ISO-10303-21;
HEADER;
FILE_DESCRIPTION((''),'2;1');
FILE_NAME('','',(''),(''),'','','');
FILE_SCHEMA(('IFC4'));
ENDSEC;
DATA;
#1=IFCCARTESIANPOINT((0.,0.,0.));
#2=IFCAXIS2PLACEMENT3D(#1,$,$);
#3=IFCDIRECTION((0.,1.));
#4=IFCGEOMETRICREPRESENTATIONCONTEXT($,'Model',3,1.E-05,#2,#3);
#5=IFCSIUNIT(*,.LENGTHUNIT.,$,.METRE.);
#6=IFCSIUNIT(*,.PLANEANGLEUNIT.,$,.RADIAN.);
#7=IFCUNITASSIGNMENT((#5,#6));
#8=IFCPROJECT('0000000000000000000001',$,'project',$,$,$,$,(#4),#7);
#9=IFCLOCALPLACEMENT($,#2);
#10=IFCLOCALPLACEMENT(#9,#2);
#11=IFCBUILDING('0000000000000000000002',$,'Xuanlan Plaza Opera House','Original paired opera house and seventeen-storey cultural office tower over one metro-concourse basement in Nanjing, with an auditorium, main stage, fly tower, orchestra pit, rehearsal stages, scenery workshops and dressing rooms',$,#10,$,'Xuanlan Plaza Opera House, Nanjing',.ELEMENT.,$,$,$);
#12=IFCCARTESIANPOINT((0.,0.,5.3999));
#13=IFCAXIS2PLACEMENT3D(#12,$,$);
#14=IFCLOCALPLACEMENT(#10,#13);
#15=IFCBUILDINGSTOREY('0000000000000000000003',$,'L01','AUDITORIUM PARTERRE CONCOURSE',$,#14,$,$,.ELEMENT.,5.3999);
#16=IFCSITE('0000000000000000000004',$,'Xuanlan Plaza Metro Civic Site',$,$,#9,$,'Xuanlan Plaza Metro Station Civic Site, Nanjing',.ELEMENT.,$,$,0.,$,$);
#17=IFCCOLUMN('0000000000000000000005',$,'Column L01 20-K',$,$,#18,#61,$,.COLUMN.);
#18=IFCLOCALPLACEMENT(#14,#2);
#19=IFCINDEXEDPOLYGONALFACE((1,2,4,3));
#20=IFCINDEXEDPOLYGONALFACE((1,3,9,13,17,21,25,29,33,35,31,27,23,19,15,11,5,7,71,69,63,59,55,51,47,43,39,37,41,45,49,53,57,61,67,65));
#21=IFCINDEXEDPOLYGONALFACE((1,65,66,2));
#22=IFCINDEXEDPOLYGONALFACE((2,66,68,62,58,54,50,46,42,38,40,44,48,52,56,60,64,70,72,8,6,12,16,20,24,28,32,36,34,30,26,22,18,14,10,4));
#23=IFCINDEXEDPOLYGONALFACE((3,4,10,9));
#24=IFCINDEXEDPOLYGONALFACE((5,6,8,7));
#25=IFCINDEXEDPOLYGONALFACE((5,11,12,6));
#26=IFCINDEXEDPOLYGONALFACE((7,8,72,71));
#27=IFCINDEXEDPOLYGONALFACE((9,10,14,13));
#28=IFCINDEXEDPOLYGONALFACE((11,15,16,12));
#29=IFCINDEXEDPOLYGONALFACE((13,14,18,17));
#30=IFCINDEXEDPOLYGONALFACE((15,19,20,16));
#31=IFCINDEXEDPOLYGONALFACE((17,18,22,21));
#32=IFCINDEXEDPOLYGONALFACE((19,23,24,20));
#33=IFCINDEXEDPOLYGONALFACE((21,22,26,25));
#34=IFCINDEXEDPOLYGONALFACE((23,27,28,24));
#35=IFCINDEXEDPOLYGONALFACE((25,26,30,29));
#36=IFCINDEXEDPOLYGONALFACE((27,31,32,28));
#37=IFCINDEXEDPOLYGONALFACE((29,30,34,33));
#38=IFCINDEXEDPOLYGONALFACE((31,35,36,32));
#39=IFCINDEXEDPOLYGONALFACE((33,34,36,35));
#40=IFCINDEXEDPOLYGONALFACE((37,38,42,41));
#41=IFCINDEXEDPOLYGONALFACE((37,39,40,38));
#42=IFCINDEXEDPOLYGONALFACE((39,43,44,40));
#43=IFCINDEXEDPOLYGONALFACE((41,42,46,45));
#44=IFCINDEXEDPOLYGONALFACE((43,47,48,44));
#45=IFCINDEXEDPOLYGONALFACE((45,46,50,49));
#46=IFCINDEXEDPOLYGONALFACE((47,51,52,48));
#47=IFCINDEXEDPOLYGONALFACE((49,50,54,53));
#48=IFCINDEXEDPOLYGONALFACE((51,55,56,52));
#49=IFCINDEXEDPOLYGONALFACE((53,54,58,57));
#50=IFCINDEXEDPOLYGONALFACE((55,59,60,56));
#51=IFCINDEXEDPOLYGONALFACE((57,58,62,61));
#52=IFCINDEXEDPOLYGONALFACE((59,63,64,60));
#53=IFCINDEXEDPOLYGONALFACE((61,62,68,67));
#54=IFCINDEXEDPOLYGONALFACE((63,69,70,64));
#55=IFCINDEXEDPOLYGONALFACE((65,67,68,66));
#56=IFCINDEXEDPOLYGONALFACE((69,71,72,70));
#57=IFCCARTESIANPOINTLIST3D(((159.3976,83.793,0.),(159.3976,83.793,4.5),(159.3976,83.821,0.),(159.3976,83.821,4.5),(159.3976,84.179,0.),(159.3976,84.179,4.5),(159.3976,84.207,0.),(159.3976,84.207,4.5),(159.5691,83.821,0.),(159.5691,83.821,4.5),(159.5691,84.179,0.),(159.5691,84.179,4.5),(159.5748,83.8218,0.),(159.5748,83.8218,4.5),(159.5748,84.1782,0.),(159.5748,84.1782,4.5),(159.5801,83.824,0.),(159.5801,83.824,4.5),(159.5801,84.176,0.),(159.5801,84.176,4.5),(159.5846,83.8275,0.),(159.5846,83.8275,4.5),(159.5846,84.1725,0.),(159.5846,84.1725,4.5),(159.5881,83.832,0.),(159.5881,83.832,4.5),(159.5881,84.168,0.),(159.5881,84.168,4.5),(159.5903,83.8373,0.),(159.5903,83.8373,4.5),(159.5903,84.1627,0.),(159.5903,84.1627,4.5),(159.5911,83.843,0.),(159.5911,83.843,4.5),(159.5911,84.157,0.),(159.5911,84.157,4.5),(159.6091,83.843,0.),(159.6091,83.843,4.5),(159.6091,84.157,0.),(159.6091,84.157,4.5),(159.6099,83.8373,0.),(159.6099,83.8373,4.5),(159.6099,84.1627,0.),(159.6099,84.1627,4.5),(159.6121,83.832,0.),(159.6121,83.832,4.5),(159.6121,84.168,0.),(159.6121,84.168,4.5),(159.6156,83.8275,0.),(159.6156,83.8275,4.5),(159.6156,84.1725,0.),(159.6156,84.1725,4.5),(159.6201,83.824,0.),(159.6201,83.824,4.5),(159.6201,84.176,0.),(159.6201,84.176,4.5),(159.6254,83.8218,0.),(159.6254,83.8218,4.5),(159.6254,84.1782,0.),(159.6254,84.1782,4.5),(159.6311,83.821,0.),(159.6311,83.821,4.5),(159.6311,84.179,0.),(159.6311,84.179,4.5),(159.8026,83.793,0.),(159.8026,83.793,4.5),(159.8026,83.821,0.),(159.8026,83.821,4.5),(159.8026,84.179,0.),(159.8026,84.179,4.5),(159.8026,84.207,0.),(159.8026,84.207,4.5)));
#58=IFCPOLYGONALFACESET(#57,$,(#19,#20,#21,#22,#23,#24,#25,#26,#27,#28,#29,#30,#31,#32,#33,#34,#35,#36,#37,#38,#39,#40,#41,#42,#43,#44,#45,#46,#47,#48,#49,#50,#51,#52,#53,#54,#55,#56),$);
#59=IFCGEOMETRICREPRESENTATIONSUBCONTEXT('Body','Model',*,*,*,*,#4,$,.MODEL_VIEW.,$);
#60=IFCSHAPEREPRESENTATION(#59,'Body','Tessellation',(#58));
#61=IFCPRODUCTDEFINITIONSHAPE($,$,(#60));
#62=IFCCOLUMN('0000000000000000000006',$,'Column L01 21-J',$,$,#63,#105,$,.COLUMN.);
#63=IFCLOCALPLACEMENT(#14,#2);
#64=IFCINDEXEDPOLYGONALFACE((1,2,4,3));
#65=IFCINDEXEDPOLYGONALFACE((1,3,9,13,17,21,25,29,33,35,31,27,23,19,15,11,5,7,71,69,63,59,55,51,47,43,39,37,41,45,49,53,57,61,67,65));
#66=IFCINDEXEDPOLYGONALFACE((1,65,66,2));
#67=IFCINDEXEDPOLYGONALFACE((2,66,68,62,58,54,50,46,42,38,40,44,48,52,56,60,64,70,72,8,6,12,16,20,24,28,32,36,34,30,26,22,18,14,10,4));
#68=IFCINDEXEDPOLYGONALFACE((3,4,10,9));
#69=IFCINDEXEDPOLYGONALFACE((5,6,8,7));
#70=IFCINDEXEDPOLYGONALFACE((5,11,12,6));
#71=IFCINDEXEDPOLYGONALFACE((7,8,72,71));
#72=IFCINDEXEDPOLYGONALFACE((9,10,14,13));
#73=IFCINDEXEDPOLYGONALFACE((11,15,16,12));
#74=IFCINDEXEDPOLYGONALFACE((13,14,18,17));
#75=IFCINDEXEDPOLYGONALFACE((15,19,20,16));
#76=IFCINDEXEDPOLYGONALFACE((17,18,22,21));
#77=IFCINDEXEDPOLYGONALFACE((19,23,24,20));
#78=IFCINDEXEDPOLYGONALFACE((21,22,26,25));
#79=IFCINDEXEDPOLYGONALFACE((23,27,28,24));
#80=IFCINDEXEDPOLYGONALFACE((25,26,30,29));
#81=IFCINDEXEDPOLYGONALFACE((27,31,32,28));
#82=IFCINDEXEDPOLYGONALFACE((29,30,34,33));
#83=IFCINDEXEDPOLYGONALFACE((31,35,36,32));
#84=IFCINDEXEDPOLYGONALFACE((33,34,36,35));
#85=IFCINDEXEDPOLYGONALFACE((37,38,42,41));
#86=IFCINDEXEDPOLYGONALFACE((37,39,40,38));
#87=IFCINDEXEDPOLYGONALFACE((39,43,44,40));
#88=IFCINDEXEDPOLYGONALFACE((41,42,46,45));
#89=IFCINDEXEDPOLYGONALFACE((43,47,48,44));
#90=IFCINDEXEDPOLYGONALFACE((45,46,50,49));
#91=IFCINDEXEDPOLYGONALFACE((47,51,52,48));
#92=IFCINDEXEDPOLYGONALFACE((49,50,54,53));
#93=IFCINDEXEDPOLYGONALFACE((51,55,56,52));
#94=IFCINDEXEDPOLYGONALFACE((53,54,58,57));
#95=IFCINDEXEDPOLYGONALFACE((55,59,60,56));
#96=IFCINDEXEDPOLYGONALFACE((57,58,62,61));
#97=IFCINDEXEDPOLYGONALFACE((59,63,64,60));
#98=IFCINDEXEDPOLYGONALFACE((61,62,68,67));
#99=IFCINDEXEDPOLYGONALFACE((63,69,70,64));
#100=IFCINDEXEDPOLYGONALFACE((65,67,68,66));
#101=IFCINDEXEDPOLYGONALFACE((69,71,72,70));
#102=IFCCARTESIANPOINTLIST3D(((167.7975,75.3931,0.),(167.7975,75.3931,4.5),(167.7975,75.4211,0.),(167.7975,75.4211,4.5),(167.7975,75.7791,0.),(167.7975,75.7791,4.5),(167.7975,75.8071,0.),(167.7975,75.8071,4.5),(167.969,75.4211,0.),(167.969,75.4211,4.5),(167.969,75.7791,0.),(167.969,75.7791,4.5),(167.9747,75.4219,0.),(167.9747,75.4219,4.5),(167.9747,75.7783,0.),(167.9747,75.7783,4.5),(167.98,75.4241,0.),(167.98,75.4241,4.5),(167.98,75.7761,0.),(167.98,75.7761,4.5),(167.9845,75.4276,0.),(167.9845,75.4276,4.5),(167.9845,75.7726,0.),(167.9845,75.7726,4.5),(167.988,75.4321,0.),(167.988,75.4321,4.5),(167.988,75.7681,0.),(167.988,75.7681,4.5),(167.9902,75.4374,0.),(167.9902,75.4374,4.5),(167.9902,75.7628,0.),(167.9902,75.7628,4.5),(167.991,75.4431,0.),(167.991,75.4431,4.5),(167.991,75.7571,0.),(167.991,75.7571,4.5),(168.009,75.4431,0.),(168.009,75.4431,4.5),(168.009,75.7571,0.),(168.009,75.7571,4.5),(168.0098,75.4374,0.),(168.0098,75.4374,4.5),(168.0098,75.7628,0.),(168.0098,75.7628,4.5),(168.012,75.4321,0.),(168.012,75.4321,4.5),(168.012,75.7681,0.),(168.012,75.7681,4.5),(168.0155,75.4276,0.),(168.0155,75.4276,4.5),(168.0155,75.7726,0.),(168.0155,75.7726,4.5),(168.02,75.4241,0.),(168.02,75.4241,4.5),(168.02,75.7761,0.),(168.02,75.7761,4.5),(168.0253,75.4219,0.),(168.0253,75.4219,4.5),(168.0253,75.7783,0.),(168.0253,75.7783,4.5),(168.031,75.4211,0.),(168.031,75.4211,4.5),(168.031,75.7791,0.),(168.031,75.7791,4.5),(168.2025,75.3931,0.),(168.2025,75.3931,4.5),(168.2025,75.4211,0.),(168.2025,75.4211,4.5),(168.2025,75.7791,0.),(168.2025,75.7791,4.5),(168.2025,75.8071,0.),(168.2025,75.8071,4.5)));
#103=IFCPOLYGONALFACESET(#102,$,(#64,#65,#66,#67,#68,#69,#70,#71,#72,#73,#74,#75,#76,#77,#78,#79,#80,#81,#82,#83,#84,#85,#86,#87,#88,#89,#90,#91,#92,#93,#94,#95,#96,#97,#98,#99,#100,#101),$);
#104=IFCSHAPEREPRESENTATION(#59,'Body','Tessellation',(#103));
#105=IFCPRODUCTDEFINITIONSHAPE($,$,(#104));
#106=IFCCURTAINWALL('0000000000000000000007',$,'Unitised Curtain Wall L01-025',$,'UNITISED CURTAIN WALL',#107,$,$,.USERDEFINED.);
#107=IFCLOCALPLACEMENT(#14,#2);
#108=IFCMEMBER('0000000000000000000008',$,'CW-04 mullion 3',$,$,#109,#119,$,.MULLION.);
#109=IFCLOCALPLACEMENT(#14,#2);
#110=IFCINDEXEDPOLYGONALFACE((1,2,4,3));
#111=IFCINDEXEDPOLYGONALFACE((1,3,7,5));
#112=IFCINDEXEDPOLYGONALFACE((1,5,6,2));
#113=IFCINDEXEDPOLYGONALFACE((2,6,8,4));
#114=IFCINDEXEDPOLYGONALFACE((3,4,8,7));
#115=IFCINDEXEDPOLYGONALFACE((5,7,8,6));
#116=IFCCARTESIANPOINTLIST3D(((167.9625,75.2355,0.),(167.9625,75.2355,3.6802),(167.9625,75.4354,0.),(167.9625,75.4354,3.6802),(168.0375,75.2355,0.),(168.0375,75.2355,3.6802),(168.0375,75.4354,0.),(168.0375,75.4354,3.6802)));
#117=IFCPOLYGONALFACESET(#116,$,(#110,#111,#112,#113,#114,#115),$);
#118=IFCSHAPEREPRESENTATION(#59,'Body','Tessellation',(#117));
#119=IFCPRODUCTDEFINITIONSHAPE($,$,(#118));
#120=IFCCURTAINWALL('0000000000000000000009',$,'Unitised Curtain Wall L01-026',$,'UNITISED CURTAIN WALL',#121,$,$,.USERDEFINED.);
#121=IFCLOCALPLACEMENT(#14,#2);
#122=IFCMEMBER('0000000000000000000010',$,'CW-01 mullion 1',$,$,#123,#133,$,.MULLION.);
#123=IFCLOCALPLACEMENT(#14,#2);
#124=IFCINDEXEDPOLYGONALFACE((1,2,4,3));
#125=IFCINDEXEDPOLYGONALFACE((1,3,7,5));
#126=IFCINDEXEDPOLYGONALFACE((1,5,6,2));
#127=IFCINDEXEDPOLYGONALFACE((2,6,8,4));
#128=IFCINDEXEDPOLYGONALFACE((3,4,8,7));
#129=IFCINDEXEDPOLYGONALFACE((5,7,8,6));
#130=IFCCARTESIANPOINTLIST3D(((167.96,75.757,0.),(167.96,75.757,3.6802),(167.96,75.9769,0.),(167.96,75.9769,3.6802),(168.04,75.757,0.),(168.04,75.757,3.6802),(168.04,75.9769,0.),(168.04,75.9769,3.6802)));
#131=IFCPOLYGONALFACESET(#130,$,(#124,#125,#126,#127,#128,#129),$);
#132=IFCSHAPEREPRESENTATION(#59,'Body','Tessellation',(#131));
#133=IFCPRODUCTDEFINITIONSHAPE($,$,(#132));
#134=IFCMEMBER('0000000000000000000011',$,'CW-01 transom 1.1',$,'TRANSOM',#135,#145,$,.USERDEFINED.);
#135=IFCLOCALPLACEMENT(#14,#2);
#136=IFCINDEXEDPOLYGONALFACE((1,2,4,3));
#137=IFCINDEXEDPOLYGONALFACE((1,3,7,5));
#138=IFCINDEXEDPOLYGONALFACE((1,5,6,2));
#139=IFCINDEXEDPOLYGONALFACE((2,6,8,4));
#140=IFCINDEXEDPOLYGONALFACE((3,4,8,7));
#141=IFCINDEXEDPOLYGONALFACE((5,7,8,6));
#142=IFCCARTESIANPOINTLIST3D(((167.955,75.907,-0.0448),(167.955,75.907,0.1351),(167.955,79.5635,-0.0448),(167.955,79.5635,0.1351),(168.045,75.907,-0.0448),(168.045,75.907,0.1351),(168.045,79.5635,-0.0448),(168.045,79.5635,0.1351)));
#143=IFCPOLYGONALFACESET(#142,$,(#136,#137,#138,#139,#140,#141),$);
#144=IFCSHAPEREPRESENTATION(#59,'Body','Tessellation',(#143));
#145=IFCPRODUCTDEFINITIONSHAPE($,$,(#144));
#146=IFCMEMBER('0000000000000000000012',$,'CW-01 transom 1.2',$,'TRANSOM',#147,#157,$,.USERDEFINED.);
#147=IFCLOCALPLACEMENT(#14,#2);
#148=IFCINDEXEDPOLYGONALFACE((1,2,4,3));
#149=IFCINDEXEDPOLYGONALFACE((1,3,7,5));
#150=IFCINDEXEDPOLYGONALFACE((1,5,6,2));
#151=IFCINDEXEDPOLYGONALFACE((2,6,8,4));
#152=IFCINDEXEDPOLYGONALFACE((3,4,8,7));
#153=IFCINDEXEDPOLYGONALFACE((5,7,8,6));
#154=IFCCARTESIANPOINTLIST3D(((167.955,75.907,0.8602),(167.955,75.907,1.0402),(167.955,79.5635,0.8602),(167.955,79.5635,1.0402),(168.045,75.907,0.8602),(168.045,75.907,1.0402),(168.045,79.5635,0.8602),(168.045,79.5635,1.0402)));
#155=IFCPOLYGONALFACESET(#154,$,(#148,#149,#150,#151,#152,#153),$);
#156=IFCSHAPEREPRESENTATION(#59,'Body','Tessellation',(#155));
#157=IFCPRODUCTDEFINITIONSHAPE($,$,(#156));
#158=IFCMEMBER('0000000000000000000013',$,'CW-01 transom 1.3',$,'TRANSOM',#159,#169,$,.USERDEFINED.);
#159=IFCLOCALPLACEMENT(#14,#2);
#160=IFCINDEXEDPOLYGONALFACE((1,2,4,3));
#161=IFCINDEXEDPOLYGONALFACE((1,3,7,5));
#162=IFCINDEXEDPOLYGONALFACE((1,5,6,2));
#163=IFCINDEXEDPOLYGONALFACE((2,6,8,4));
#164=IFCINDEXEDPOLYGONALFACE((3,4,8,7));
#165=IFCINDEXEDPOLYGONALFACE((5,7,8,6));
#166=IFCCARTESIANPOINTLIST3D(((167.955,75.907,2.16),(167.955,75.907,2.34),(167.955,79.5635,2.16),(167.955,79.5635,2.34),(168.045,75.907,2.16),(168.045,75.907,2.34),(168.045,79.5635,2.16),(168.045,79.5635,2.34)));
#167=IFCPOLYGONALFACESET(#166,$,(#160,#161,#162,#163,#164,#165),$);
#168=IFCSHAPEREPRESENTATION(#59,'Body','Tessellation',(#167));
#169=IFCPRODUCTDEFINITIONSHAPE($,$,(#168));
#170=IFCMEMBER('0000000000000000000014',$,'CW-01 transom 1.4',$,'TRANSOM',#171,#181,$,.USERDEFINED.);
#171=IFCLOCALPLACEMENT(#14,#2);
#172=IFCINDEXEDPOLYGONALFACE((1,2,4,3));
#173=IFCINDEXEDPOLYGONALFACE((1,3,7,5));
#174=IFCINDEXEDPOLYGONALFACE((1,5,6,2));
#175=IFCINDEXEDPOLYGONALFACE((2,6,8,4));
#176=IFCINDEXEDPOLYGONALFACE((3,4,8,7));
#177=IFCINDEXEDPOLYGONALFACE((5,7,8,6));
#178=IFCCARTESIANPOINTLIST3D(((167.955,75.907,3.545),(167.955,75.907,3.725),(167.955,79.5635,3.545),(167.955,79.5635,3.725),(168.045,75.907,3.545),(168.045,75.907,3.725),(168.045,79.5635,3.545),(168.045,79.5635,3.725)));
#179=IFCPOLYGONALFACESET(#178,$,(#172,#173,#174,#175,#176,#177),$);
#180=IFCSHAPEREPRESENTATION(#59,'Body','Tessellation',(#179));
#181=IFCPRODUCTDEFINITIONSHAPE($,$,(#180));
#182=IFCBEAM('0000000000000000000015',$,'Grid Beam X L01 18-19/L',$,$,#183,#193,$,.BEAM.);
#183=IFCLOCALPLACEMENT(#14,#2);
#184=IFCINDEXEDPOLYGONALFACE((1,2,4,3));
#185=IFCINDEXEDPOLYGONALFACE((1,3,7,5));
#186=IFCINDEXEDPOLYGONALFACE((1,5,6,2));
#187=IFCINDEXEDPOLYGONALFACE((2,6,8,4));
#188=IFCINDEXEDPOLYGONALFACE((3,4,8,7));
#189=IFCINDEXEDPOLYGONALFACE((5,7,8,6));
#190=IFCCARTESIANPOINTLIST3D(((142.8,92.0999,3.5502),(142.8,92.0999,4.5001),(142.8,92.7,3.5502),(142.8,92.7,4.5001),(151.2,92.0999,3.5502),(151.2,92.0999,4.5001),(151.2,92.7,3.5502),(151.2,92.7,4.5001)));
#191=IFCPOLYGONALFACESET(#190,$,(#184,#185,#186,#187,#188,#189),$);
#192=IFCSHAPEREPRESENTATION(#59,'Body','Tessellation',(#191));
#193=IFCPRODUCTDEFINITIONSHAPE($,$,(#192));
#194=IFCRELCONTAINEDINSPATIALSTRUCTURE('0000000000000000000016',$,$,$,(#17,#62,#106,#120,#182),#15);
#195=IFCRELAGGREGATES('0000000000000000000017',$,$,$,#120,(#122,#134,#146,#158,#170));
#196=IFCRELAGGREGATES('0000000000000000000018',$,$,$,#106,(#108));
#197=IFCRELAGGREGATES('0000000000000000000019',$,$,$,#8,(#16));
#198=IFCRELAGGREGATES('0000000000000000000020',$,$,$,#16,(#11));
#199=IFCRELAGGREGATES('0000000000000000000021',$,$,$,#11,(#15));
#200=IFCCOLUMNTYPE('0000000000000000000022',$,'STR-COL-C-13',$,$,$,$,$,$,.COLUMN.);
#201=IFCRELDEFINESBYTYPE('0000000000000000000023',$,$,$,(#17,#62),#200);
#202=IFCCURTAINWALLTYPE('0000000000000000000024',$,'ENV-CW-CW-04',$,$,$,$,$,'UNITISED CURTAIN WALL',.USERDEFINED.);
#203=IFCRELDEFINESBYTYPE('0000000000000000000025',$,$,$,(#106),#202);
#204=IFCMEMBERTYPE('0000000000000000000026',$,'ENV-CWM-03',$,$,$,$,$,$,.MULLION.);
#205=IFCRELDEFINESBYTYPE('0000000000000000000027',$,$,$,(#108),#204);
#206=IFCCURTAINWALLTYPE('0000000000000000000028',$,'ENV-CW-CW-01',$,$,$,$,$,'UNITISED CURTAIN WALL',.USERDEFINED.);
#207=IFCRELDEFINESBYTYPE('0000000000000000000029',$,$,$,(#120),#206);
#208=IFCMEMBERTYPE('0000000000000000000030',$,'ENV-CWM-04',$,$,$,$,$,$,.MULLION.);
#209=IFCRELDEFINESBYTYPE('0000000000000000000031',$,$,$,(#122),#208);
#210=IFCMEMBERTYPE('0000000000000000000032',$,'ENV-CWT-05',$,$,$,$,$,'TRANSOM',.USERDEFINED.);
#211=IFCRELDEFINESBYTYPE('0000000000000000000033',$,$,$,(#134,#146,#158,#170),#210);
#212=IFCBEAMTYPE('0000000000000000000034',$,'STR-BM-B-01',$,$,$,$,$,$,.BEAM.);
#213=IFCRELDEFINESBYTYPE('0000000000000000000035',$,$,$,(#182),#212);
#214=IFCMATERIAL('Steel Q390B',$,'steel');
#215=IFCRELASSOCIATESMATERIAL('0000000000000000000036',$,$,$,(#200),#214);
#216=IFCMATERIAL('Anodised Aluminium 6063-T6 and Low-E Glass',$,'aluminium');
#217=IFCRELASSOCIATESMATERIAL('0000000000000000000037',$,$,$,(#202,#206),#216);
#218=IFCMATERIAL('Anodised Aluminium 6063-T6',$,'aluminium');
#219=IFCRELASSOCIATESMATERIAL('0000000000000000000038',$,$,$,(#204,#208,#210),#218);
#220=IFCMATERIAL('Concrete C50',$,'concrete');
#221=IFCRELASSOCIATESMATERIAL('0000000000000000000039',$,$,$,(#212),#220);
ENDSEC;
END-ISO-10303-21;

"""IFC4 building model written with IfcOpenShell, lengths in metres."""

from ifc_helpers import new_model, si_unit, direction, frame, origin, origin_2d, place, context, subcontext, project, spatial, rectangle, i_section, extrude, material, material_profile, profile_set, type_object, element, aggregate, save


model = new_model("IFC4")

# Units and contexts
model_context = context("Model", 3, precision=1e-05, world=origin(), true_north=direction((0.0, 1.0)))
body_context = subcontext(model_context, "Body", "Model", "MODEL_VIEW")
ifc_project = project(units=[si_unit("LENGTHUNIT", "METRE"), si_unit("PLANEANGLEUNIT", "RADIAN")], contexts=[model_context])

# Site, building, storey
site_placement = place(None, origin())
site = spatial("IfcSite", under=ifc_project, at=site_placement, Name="Xuanlan Plaza Metro Civic Site", LongName="Xuanlan Plaza Metro Station Civic Site, Nanjing", CompositionType="ELEMENT", RefElevation=0.0)
building_placement = place(site_placement, origin())
building = spatial("IfcBuilding", under=site, at=building_placement, Name="Xuanlan Plaza Opera House", Description="Original paired opera house and seventeen-storey cultural office tower over one metro-concourse basement in Nanjing, with an auditorium, main stage, fly tower, orchestra pit, rehearsal stages, scenery workshops and dressing rooms", LongName="Xuanlan Plaza Opera House, Nanjing", CompositionType="ELEMENT")
storey_placement = place(building_placement, frame((0.0, 0.0, 5.3999)))
storey = spatial("IfcBuildingStorey", under=building, at=storey_placement, Name="L01", Description="AUDITORIUM PARTERRE CONCOURSE", CompositionType="ELEMENT", Elevation=5.3999)

# Columns
ifc_material_1 = material(Name="Steel Q390B", Category="steel")
ifc_material_profile_1 = material_profile(ifc_material_1, i_section(OverallWidth=0.405, OverallDepth=0.4141, WebThickness=0.0181, FlangeThickness=0.0281, FilletRadius=0.022, at=origin_2d()), Name="HW 414x405x18x28")
ifc_profile_set_1 = profile_set([ifc_material_profile_1], Name="Steel Q390B")
column_type_1 = type_object("IfcColumnType", Name="STR-COL-C-13", PredefinedType="COLUMN", material=ifc_profile_set_1)
for number, where, z_axis, x_axis, name in (
    (1, (159.6001, 84.0, 0.0), (0.0, 0.0, 1.0), (1.0, 0.0, 0.0), "Column L01 20-K"),
    (2, (168.0, 75.6001, 0.0), (0.0, 0.0, 1.0), (1.0, 0.0, 0.0), "Column L01 21-J"),
):
    element("IfcColumn", number, at=place(storey_placement, frame(where, z_axis=z_axis, x_axis=x_axis)), inside=storey, type_object=column_type_1, Name=name, PredefinedType="COLUMN", context=body_context, shape_type="SweptSolid", body=[
        extrude(i_section(OverallWidth=0.405, OverallDepth=0.4141, WebThickness=0.0181, FlangeThickness=0.0281, FilletRadius=0.022, at=origin_2d()), origin(), (0.0, 0.0, 1.0), 4.5),
    ])

# Curtain wall, member
ifc_material_2 = material(Name="Anodised Aluminium 6063-T6 and Low-E Glass", Category="aluminium")
curtain_wall_type_1 = type_object("IfcCurtainWallType", Name="ENV-CW-CW-04", ElementType="UNITISED CURTAIN WALL", PredefinedType="USERDEFINED", material=ifc_material_2)
curtain_wall_1_placement = place(storey_placement, origin())
curtain_wall_1 = element("IfcCurtainWall", 3, at=curtain_wall_1_placement, inside=storey, type_object=curtain_wall_type_1, Name="Unitised Curtain Wall L01-025", ObjectType="UNITISED CURTAIN WALL", PredefinedType="USERDEFINED")
ifc_material_3 = material(Name="Anodised Aluminium 6063-T6", Category="aluminium")
ifc_material_profile_2 = material_profile(ifc_material_3, rectangle(XDim=0.075, YDim=0.2, at=origin_2d()), Name="ALU-M 75x200")
ifc_profile_set_2 = profile_set([ifc_material_profile_2], Name="Anodised Aluminium 6063-T6")
member_type_1 = type_object("IfcMemberType", Name="ENV-CWM-03", PredefinedType="MULLION", material=ifc_profile_set_2)
member_1_placement = place(storey_placement, frame((168.0, 75.3354, 0.0), z_axis=(0.0, 0.0, 1.0), x_axis=(-1.0, 0.0, 0.0)))
member_1 = element("IfcMember", 4, at=member_1_placement, type_object=member_type_1, Name="CW-04 mullion 3", PredefinedType="MULLION", context=body_context, shape_type="SweptSolid", body=[
    extrude(rectangle(XDim=0.075, YDim=0.2, at=origin_2d()), origin(), (0.0, 0.0, 1.0), 3.6802),
])

# Curtain wall, members
curtain_wall_type_2 = type_object("IfcCurtainWallType", Name="ENV-CW-CW-01", ElementType="UNITISED CURTAIN WALL", PredefinedType="USERDEFINED", material=ifc_material_2)
curtain_wall_2_placement = place(storey_placement, origin())
curtain_wall_2 = element("IfcCurtainWall", 5, at=curtain_wall_2_placement, inside=storey, type_object=curtain_wall_type_2, Name="Unitised Curtain Wall L01-026", ObjectType="UNITISED CURTAIN WALL", PredefinedType="USERDEFINED")
ifc_material_profile_3 = material_profile(ifc_material_3, rectangle(XDim=0.0801, YDim=0.22, at=origin_2d()), Name="ALU-M 80x220")
ifc_profile_set_3 = profile_set([ifc_material_profile_3], Name="Anodised Aluminium 6063-T6")
member_type_2 = type_object("IfcMemberType", Name="ENV-CWM-04", PredefinedType="MULLION", material=ifc_profile_set_3)
member_2_placement = place(storey_placement, frame((168.0, 75.8669, 0.0), z_axis=(0.0, 0.0, 1.0), x_axis=(-1.0, 0.0, 0.0)))
member_2 = element("IfcMember", 6, at=member_2_placement, type_object=member_type_2, Name="CW-01 mullion 1", PredefinedType="MULLION", context=body_context, shape_type="SweptSolid", body=[
    extrude(rectangle(XDim=0.0801, YDim=0.22, at=origin_2d()), origin(), (0.0, 0.0, 1.0), 3.6802),
])
ifc_material_profile_4 = material_profile(ifc_material_3, rectangle(XDim=0.0901, YDim=0.1799, at=origin_2d()), Name="ALU-T 90x180")
ifc_profile_set_4 = profile_set([ifc_material_profile_4], Name="Anodised Aluminium 6063-T6")
member_type_3 = type_object("IfcMemberType", Name="ENV-CWT-05", ElementType="TRANSOM", PredefinedType="USERDEFINED", material=ifc_profile_set_4)
member_3_placement = place(storey_placement, frame((168.0, 75.907, 0.0452), z_axis=(0.0, 1.0, 0.0), x_axis=(-1.0, 0.0, 0.0)))
member_3 = element("IfcMember", 7, at=member_3_placement, type_object=member_type_3, Name="CW-01 transom 1.1", ObjectType="TRANSOM", PredefinedType="USERDEFINED", context=body_context, shape_type="SweptSolid", body=[
    extrude(rectangle(XDim=0.0901, YDim=0.1799, at=origin_2d()), origin(), (0.0, 0.0, 1.0), 3.6565),
])
member_4_placement = place(storey_placement, frame((168.0, 75.907, 0.9502), z_axis=(0.0, 1.0, 0.0), x_axis=(-1.0, 0.0, 0.0)))
member_4 = element("IfcMember", 8, at=member_4_placement, type_object=member_type_3, Name="CW-01 transom 1.2", ObjectType="TRANSOM", PredefinedType="USERDEFINED", context=body_context, shape_type="SweptSolid", body=[
    extrude(rectangle(XDim=0.0901, YDim=0.1799, at=origin_2d()), origin(), (0.0, 0.0, 1.0), 3.6565),
])
member_5_placement = place(storey_placement, frame((168.0, 75.907, 2.25), z_axis=(0.0, 1.0, 0.0), x_axis=(-1.0, 0.0, 0.0)))
member_5 = element("IfcMember", 9, at=member_5_placement, type_object=member_type_3, Name="CW-01 transom 1.3", ObjectType="TRANSOM", PredefinedType="USERDEFINED", context=body_context, shape_type="SweptSolid", body=[
    extrude(rectangle(XDim=0.0901, YDim=0.1799, at=origin_2d()), origin(), (0.0, 0.0, 1.0), 3.6565),
])
member_6_placement = place(storey_placement, frame((168.0, 75.907, 3.635), z_axis=(0.0, 1.0, 0.0), x_axis=(-1.0, 0.0, 0.0)))
member_6 = element("IfcMember", 10, at=member_6_placement, type_object=member_type_3, Name="CW-01 transom 1.4", ObjectType="TRANSOM", PredefinedType="USERDEFINED", context=body_context, shape_type="SweptSolid", body=[
    extrude(rectangle(XDim=0.0901, YDim=0.1799, at=origin_2d()), origin(), (0.0, 0.0, 1.0), 3.6565),
])
aggregate(curtain_wall_2, [member_2, member_3, member_4, member_5, member_6])

# Beam
ifc_material_4 = material(Name="Concrete C50", Category="concrete")
ifc_material_profile_5 = material_profile(ifc_material_4, rectangle(XDim=0.6001, YDim=0.95, at=origin_2d()), Name="RC-BM 600x950")
ifc_profile_set_5 = profile_set([ifc_material_profile_5], Name="Concrete C50")
beam_type_1 = type_object("IfcBeamType", Name="STR-BM-B-01", PredefinedType="BEAM", material=ifc_profile_set_5)
beam_1_placement = place(storey_placement, frame((142.8, 92.3999, 4.0251), z_axis=(1.0, 0.0, 0.0), x_axis=(0.0, 1.0, 0.0)))
element("IfcBeam", 11, at=beam_1_placement, inside=storey, type_object=beam_type_1, Name="Grid Beam X L01 18-19/L", PredefinedType="BEAM", context=body_context, shape_type="SweptSolid", body=[
    extrude(rectangle(XDim=0.6001, YDim=0.95, at=origin_2d()), origin(), (0.0, 0.0, 1.0), 8.3999),
])

aggregate(curtain_wall_1, [member_1])

save(model, "model.ifc")
